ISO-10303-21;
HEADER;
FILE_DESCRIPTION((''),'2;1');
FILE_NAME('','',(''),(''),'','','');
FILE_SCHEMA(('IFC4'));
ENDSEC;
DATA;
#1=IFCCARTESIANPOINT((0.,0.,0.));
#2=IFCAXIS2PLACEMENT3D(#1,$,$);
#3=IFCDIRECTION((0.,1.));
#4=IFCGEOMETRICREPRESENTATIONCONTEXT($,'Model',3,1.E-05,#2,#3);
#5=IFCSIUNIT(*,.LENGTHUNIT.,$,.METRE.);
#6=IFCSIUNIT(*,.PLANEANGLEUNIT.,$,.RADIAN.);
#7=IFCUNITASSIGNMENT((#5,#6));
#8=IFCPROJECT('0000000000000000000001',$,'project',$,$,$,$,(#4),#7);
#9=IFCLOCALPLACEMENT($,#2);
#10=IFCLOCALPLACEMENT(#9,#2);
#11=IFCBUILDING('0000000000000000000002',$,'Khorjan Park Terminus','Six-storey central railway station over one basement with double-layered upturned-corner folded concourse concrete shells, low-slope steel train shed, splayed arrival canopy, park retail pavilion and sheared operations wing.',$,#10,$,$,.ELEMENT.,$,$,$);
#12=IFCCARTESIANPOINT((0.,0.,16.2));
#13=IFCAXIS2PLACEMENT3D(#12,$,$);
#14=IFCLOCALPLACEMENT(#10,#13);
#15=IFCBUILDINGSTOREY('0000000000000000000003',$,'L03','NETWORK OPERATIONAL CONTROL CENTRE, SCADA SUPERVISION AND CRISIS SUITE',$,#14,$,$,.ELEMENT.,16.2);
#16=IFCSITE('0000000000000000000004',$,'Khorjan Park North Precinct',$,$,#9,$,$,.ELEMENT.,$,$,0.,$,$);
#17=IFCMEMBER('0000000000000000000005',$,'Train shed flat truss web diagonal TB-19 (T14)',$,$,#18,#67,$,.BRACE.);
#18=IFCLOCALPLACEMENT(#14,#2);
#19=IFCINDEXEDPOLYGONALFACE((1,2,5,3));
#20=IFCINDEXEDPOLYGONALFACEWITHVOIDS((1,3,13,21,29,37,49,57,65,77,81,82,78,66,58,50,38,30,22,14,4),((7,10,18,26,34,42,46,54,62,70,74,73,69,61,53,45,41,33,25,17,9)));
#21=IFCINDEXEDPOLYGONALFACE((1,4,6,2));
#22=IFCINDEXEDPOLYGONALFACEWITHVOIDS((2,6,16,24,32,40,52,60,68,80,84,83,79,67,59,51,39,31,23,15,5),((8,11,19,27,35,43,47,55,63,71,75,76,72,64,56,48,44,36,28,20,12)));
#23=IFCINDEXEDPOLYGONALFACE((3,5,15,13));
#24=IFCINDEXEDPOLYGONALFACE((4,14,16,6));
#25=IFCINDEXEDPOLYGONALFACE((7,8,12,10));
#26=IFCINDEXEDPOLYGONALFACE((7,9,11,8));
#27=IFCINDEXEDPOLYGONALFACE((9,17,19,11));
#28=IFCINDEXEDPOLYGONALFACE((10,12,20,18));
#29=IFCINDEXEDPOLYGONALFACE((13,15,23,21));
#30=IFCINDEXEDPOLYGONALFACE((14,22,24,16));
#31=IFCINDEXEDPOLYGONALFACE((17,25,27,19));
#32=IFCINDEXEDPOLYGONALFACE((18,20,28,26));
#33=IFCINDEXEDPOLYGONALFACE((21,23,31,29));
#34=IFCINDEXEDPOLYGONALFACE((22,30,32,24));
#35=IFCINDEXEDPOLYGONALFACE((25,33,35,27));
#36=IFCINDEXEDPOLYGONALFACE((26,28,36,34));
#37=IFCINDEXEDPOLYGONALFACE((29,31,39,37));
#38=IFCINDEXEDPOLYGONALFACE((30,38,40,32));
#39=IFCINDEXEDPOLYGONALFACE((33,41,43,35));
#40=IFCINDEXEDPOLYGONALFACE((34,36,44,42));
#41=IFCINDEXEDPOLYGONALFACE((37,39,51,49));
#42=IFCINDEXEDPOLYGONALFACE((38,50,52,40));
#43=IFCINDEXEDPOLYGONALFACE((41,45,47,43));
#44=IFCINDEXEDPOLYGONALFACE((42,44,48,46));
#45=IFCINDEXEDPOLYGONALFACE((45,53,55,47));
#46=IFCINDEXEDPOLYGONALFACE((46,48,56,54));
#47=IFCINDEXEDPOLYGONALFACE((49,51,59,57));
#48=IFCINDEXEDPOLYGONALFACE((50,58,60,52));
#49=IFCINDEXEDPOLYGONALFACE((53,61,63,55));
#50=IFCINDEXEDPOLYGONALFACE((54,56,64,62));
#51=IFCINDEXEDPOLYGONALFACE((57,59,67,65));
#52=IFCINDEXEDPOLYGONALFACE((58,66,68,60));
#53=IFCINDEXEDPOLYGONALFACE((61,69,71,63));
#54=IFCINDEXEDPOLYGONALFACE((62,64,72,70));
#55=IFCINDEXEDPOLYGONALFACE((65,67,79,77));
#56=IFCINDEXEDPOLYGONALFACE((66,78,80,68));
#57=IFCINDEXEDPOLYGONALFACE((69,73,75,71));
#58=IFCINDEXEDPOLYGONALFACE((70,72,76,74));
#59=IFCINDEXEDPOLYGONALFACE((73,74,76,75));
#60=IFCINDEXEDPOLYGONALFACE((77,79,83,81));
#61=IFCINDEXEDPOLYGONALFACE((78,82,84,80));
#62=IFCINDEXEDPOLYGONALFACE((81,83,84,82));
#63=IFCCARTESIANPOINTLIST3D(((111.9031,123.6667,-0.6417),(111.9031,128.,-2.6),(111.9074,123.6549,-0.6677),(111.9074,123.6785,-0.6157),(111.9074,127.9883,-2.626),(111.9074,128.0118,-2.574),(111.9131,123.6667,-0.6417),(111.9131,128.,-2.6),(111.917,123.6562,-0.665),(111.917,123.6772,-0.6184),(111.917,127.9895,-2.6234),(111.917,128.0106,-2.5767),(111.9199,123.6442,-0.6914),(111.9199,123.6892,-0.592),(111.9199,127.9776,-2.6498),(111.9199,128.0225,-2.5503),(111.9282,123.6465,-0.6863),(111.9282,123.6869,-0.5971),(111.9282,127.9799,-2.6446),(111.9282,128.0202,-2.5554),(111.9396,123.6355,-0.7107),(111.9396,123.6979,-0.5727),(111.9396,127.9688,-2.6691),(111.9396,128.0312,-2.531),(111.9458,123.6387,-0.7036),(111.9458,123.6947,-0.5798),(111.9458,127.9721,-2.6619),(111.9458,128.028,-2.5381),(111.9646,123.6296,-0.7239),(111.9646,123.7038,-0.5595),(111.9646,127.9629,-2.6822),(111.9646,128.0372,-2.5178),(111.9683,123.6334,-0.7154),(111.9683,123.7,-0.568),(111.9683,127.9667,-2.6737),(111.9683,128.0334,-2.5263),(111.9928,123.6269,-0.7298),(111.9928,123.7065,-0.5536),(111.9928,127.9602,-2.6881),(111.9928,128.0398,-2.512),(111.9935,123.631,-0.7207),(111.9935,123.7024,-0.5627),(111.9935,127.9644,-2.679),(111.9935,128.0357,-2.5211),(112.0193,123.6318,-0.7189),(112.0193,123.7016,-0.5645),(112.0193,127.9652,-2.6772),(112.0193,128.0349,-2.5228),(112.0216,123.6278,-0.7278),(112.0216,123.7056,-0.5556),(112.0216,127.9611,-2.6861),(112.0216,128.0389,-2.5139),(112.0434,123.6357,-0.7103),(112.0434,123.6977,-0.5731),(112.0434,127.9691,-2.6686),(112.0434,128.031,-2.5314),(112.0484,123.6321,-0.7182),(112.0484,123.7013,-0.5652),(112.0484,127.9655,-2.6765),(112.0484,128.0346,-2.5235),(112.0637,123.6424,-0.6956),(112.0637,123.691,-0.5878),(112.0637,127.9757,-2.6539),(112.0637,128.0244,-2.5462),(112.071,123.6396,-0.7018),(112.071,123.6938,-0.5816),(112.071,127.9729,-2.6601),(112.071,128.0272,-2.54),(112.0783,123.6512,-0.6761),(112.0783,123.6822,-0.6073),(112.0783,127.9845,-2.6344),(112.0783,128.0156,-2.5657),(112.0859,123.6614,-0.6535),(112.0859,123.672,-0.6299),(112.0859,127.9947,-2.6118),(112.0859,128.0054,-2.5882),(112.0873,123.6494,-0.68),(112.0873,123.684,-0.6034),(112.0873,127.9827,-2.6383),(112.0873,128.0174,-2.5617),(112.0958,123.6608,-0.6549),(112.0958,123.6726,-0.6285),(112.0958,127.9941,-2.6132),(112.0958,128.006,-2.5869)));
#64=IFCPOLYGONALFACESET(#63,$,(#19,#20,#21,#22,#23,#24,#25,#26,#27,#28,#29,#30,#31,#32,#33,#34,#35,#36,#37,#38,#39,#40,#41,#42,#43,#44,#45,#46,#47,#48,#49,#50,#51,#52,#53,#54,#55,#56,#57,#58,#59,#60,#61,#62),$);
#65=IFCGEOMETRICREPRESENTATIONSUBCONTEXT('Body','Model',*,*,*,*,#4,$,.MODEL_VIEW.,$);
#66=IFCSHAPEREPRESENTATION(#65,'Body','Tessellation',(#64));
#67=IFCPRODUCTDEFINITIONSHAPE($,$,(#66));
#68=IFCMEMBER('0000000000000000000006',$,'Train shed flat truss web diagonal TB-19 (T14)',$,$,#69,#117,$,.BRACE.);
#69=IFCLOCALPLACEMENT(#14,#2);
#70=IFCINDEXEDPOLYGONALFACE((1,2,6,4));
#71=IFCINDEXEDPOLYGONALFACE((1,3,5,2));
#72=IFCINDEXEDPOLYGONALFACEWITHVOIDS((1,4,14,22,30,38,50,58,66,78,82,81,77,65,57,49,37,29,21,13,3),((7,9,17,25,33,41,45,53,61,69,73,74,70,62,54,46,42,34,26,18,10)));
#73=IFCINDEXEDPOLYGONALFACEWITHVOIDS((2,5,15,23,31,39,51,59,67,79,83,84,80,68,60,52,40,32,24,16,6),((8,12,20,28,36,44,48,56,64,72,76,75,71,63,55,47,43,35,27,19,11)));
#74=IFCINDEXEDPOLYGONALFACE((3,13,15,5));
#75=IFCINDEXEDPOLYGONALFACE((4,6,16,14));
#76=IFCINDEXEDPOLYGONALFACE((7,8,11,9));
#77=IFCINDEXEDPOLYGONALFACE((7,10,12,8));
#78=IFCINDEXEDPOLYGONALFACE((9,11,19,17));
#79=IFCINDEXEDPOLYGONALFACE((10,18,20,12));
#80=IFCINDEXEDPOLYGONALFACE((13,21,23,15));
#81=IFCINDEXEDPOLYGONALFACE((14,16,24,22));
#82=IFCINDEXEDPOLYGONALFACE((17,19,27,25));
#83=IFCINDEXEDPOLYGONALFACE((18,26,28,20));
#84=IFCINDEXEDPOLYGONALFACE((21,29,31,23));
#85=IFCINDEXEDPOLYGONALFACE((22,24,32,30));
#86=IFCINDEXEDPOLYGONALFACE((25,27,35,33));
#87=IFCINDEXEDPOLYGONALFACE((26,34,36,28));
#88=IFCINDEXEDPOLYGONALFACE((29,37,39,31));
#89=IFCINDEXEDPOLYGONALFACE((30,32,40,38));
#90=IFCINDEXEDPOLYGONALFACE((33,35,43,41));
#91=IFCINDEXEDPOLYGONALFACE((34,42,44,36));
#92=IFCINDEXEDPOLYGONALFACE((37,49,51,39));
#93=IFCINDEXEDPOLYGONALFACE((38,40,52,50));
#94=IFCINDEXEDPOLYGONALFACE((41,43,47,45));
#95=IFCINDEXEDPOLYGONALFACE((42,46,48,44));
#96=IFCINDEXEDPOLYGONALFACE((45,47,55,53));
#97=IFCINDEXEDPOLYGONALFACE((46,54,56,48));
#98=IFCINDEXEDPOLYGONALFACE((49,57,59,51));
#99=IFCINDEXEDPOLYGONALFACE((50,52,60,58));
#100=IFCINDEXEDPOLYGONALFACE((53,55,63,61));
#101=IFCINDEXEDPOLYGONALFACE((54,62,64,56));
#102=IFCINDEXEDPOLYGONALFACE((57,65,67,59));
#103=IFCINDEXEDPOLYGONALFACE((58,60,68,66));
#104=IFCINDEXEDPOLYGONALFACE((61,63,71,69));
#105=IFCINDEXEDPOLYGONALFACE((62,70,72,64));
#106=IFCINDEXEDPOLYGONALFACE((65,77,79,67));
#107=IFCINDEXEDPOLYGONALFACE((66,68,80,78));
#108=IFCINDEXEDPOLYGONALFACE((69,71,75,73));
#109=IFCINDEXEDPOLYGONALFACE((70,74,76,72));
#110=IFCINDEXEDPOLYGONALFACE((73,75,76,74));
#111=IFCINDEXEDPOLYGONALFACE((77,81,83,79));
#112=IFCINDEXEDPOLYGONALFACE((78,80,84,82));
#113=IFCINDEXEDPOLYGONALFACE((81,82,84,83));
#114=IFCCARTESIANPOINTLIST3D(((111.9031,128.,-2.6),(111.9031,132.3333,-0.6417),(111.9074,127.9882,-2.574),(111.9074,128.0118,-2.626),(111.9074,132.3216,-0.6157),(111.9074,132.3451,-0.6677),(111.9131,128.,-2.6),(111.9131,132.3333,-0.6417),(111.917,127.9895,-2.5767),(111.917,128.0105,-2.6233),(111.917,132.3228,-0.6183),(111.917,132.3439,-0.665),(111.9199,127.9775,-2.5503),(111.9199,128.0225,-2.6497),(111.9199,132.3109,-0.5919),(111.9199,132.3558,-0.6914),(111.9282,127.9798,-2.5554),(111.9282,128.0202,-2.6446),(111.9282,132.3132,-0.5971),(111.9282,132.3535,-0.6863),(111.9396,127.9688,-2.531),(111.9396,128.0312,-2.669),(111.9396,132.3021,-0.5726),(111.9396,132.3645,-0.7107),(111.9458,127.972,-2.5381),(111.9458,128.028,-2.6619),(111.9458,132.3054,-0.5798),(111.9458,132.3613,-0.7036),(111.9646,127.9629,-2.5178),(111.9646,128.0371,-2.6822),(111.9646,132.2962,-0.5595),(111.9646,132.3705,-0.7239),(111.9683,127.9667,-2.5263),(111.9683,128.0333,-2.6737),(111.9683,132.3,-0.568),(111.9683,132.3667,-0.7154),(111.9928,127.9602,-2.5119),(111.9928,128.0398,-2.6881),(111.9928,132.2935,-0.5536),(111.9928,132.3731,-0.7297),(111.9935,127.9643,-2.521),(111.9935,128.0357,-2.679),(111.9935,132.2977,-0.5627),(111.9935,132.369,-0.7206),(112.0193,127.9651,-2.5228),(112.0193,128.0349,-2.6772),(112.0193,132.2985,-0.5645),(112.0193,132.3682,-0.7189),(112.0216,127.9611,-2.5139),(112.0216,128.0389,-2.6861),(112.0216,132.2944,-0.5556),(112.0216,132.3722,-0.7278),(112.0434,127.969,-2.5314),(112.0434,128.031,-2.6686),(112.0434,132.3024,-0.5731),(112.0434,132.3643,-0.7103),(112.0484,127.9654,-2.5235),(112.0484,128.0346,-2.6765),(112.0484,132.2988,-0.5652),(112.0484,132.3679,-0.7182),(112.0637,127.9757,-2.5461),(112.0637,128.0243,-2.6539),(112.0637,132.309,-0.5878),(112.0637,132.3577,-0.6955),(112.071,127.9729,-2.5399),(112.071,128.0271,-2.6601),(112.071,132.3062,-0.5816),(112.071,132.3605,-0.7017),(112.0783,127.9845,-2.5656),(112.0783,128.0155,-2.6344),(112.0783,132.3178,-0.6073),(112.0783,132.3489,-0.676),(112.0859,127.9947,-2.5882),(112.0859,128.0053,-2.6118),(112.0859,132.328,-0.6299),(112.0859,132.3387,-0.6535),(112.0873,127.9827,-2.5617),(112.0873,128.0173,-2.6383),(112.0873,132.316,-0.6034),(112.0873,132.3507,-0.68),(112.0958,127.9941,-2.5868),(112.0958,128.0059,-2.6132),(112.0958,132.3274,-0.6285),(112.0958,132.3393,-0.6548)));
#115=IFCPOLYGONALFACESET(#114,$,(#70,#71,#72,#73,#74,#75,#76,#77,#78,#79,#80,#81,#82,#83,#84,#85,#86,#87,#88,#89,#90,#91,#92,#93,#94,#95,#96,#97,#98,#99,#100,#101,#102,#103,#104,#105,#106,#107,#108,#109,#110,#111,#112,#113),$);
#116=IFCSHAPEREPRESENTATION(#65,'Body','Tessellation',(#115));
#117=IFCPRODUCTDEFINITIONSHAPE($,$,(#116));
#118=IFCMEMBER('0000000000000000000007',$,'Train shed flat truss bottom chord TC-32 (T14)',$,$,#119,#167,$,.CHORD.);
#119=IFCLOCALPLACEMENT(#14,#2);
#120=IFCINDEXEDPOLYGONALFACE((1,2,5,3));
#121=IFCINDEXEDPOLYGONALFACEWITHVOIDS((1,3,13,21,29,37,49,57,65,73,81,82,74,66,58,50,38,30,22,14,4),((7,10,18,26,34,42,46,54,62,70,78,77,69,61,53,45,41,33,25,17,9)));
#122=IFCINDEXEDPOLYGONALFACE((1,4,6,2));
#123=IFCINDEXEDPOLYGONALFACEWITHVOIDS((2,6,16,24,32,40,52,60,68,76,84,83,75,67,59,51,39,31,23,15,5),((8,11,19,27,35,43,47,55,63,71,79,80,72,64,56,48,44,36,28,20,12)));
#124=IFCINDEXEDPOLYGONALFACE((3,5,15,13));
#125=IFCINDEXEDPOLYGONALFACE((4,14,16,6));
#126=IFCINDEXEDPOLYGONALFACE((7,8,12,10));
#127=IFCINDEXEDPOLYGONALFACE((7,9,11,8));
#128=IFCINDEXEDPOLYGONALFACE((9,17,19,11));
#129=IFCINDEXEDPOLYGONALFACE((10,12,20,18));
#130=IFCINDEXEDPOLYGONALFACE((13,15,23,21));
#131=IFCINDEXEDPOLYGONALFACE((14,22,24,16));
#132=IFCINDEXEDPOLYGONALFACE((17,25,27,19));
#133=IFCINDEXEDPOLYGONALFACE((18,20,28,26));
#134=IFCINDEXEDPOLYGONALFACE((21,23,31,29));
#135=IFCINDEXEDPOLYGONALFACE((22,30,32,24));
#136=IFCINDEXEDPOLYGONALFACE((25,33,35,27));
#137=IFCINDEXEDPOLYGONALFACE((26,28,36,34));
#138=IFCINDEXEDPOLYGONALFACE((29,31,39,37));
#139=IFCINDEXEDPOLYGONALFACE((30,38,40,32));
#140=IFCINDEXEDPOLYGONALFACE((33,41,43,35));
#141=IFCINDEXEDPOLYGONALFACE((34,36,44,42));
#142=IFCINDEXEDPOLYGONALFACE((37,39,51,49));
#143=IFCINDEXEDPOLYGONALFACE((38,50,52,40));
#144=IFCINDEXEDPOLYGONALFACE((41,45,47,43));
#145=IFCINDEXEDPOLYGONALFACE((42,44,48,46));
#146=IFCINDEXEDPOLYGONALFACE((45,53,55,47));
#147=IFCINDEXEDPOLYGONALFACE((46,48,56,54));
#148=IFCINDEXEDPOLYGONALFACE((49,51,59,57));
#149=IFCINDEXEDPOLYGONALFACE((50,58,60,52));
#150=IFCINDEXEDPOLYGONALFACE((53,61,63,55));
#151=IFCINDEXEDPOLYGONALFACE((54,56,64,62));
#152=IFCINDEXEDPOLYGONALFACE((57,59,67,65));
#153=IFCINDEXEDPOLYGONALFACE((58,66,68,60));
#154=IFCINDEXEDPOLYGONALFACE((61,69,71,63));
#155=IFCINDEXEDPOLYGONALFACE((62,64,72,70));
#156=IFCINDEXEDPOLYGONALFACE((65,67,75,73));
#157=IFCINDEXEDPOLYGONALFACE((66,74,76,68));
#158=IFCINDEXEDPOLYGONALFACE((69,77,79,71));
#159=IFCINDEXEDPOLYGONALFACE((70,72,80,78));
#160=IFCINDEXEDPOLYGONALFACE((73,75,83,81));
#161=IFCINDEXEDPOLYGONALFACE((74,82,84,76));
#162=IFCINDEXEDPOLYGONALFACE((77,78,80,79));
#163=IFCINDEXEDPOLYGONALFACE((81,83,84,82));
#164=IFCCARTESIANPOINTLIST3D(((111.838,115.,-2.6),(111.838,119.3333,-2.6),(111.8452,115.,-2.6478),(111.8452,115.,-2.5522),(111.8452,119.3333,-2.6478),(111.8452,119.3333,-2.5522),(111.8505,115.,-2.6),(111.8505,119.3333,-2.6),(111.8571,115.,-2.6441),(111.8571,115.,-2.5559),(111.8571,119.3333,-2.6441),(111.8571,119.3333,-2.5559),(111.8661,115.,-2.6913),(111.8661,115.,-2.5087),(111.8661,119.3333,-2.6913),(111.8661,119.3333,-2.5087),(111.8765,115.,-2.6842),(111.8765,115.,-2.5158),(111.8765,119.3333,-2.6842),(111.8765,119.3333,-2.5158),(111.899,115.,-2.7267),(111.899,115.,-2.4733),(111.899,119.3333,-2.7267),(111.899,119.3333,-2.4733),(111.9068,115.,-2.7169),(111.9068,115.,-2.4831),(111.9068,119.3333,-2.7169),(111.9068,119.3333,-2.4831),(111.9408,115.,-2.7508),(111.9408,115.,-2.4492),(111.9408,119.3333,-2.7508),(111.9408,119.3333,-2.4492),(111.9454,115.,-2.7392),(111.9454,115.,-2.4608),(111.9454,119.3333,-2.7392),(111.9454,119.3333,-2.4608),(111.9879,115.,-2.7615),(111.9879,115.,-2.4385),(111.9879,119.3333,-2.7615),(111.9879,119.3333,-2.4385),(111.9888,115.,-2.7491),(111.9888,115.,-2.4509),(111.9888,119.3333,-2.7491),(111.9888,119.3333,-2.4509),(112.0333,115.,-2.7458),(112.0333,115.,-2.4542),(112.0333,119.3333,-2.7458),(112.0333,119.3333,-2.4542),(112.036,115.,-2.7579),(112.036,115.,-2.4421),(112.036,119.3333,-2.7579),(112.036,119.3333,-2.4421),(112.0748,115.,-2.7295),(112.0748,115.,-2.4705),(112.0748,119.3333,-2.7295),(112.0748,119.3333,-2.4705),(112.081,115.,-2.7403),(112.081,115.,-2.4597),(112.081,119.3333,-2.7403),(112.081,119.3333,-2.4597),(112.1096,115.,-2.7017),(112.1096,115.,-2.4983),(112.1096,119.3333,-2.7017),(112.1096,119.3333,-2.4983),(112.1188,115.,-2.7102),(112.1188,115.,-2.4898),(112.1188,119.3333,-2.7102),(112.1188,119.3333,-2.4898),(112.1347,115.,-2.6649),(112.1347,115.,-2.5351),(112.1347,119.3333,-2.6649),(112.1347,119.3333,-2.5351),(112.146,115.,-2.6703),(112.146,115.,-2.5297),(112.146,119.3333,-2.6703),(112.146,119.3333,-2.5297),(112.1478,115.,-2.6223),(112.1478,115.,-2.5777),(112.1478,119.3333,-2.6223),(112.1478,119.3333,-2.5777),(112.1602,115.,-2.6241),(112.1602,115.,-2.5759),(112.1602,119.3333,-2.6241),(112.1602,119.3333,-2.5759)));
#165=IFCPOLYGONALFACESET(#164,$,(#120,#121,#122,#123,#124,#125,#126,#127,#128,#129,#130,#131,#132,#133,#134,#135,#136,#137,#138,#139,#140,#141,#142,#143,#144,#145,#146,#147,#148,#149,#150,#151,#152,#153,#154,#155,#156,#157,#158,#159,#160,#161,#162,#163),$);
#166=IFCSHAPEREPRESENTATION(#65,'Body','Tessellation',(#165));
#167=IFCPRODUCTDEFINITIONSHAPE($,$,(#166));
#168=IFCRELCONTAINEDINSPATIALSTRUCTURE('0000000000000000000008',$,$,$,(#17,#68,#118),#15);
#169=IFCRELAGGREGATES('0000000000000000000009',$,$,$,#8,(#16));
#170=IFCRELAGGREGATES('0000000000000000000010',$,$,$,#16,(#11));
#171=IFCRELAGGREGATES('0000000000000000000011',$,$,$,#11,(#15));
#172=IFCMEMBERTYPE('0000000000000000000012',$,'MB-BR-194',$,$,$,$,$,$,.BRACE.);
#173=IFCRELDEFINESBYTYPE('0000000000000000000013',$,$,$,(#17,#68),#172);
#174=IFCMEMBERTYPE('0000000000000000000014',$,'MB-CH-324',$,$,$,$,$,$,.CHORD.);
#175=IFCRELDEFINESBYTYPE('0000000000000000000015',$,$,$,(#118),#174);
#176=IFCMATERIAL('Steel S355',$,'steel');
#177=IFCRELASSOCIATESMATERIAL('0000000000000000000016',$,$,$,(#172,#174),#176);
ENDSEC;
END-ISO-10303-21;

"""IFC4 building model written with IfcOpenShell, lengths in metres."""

from ifc_helpers import new_model, si_unit, direction, frame, origin, origin_2d, place, context, subcontext, project, spatial, hollow_circle, extrude, material, material_profile, profile_set, type_object, element, save


model = new_model("IFC4")

# Units and contexts
model_context = context("Model", 3, precision=1e-05, world=origin(), true_north=direction((0.0, 1.0)))
body_context = subcontext(model_context, "Body", "Model", "MODEL_VIEW")
ifc_project = project(units=[si_unit("LENGTHUNIT", "METRE"), si_unit("PLANEANGLEUNIT", "RADIAN")], contexts=[model_context])

# Site, building, storey
site_placement = place(None, origin())
site = spatial("IfcSite", under=ifc_project, at=site_placement, Name="Khorjan Park North Precinct", CompositionType="ELEMENT", RefElevation=0.0)
building_placement = place(site_placement, origin())
building = spatial("IfcBuilding", under=site, at=building_placement, Name="Khorjan Park Terminus", Description="Six-storey central railway station over one basement with double-layered upturned-corner folded concourse concrete shells, low-slope steel train shed, splayed arrival canopy, park retail pavilion and sheared operations wing.", CompositionType="ELEMENT")
storey_placement = place(building_placement, frame((0.0, 0.0, 16.2)))
storey = spatial("IfcBuildingStorey", under=building, at=storey_placement, Name="L03", Description="NETWORK OPERATIONAL CONTROL CENTRE, SCADA SUPERVISION AND CRISIS SUITE", CompositionType="ELEMENT", Elevation=16.2)

# Members
ifc_material = material(Name="Steel S355", Category="steel")
ifc_material_profile_1 = material_profile(ifc_material, hollow_circle(Radius=0.0969, WallThickness=0.01, at=origin_2d()), Name="CHS 193.7x10")
ifc_profile_set_1 = profile_set([ifc_material_profile_1], Name="Steel S355")
member_type_1 = type_object("IfcMemberType", Name="MB-BR-194", PredefinedType="BRACE", material=ifc_profile_set_1)
for number, where, z_axis, x_axis, name in (
    (1, (112.0, 123.6667, -0.6417), (0.0, 0.911266, -0.411818), (-1.0, 0.0, 0.0), "Train shed flat truss web diagonal TB-19 (T14)"),
    (2, (112.0, 128.0, -2.6), (0.0, 0.911266, 0.411818), (-1.0, 0.0, 0.0), "Train shed flat truss web diagonal TB-19 (T14)"),
):
    element("IfcMember", number, at=place(storey_placement, frame(where, z_axis=z_axis, x_axis=x_axis)), inside=storey, type_object=member_type_1, Name=name, PredefinedType="BRACE", context=body_context, shape_type="SweptSolid", body=[
        extrude(hollow_circle(Radius=0.0969, WallThickness=0.01, at=origin_2d()), origin(), (0.0, 0.0, 1.0), 4.7553),
    ])
ifc_material_profile_2 = material_profile(ifc_material, hollow_circle(Radius=0.162, WallThickness=0.0125, at=origin_2d()), Name="CHS 323.9x12.5")
ifc_profile_set_2 = profile_set([ifc_material_profile_2], Name="Steel S355")
member_type_2 = type_object("IfcMemberType", Name="MB-CH-324", PredefinedType="CHORD", material=ifc_profile_set_2)
member_1_placement = place(storey_placement, frame((112.0, 115.0, -2.6), z_axis=(0.0, 1.0, 0.0), x_axis=(-1.0, 0.0, 0.0)))
element("IfcMember", 3, at=member_1_placement, inside=storey, type_object=member_type_2, Name="Train shed flat truss bottom chord TC-32 (T14)", PredefinedType="CHORD", context=body_context, shape_type="SweptSolid", body=[
    extrude(hollow_circle(Radius=0.162, WallThickness=0.0125, at=origin_2d()), origin(), (0.0, 0.0, 1.0), 4.3333),
])

save(model, "model.ifc")
